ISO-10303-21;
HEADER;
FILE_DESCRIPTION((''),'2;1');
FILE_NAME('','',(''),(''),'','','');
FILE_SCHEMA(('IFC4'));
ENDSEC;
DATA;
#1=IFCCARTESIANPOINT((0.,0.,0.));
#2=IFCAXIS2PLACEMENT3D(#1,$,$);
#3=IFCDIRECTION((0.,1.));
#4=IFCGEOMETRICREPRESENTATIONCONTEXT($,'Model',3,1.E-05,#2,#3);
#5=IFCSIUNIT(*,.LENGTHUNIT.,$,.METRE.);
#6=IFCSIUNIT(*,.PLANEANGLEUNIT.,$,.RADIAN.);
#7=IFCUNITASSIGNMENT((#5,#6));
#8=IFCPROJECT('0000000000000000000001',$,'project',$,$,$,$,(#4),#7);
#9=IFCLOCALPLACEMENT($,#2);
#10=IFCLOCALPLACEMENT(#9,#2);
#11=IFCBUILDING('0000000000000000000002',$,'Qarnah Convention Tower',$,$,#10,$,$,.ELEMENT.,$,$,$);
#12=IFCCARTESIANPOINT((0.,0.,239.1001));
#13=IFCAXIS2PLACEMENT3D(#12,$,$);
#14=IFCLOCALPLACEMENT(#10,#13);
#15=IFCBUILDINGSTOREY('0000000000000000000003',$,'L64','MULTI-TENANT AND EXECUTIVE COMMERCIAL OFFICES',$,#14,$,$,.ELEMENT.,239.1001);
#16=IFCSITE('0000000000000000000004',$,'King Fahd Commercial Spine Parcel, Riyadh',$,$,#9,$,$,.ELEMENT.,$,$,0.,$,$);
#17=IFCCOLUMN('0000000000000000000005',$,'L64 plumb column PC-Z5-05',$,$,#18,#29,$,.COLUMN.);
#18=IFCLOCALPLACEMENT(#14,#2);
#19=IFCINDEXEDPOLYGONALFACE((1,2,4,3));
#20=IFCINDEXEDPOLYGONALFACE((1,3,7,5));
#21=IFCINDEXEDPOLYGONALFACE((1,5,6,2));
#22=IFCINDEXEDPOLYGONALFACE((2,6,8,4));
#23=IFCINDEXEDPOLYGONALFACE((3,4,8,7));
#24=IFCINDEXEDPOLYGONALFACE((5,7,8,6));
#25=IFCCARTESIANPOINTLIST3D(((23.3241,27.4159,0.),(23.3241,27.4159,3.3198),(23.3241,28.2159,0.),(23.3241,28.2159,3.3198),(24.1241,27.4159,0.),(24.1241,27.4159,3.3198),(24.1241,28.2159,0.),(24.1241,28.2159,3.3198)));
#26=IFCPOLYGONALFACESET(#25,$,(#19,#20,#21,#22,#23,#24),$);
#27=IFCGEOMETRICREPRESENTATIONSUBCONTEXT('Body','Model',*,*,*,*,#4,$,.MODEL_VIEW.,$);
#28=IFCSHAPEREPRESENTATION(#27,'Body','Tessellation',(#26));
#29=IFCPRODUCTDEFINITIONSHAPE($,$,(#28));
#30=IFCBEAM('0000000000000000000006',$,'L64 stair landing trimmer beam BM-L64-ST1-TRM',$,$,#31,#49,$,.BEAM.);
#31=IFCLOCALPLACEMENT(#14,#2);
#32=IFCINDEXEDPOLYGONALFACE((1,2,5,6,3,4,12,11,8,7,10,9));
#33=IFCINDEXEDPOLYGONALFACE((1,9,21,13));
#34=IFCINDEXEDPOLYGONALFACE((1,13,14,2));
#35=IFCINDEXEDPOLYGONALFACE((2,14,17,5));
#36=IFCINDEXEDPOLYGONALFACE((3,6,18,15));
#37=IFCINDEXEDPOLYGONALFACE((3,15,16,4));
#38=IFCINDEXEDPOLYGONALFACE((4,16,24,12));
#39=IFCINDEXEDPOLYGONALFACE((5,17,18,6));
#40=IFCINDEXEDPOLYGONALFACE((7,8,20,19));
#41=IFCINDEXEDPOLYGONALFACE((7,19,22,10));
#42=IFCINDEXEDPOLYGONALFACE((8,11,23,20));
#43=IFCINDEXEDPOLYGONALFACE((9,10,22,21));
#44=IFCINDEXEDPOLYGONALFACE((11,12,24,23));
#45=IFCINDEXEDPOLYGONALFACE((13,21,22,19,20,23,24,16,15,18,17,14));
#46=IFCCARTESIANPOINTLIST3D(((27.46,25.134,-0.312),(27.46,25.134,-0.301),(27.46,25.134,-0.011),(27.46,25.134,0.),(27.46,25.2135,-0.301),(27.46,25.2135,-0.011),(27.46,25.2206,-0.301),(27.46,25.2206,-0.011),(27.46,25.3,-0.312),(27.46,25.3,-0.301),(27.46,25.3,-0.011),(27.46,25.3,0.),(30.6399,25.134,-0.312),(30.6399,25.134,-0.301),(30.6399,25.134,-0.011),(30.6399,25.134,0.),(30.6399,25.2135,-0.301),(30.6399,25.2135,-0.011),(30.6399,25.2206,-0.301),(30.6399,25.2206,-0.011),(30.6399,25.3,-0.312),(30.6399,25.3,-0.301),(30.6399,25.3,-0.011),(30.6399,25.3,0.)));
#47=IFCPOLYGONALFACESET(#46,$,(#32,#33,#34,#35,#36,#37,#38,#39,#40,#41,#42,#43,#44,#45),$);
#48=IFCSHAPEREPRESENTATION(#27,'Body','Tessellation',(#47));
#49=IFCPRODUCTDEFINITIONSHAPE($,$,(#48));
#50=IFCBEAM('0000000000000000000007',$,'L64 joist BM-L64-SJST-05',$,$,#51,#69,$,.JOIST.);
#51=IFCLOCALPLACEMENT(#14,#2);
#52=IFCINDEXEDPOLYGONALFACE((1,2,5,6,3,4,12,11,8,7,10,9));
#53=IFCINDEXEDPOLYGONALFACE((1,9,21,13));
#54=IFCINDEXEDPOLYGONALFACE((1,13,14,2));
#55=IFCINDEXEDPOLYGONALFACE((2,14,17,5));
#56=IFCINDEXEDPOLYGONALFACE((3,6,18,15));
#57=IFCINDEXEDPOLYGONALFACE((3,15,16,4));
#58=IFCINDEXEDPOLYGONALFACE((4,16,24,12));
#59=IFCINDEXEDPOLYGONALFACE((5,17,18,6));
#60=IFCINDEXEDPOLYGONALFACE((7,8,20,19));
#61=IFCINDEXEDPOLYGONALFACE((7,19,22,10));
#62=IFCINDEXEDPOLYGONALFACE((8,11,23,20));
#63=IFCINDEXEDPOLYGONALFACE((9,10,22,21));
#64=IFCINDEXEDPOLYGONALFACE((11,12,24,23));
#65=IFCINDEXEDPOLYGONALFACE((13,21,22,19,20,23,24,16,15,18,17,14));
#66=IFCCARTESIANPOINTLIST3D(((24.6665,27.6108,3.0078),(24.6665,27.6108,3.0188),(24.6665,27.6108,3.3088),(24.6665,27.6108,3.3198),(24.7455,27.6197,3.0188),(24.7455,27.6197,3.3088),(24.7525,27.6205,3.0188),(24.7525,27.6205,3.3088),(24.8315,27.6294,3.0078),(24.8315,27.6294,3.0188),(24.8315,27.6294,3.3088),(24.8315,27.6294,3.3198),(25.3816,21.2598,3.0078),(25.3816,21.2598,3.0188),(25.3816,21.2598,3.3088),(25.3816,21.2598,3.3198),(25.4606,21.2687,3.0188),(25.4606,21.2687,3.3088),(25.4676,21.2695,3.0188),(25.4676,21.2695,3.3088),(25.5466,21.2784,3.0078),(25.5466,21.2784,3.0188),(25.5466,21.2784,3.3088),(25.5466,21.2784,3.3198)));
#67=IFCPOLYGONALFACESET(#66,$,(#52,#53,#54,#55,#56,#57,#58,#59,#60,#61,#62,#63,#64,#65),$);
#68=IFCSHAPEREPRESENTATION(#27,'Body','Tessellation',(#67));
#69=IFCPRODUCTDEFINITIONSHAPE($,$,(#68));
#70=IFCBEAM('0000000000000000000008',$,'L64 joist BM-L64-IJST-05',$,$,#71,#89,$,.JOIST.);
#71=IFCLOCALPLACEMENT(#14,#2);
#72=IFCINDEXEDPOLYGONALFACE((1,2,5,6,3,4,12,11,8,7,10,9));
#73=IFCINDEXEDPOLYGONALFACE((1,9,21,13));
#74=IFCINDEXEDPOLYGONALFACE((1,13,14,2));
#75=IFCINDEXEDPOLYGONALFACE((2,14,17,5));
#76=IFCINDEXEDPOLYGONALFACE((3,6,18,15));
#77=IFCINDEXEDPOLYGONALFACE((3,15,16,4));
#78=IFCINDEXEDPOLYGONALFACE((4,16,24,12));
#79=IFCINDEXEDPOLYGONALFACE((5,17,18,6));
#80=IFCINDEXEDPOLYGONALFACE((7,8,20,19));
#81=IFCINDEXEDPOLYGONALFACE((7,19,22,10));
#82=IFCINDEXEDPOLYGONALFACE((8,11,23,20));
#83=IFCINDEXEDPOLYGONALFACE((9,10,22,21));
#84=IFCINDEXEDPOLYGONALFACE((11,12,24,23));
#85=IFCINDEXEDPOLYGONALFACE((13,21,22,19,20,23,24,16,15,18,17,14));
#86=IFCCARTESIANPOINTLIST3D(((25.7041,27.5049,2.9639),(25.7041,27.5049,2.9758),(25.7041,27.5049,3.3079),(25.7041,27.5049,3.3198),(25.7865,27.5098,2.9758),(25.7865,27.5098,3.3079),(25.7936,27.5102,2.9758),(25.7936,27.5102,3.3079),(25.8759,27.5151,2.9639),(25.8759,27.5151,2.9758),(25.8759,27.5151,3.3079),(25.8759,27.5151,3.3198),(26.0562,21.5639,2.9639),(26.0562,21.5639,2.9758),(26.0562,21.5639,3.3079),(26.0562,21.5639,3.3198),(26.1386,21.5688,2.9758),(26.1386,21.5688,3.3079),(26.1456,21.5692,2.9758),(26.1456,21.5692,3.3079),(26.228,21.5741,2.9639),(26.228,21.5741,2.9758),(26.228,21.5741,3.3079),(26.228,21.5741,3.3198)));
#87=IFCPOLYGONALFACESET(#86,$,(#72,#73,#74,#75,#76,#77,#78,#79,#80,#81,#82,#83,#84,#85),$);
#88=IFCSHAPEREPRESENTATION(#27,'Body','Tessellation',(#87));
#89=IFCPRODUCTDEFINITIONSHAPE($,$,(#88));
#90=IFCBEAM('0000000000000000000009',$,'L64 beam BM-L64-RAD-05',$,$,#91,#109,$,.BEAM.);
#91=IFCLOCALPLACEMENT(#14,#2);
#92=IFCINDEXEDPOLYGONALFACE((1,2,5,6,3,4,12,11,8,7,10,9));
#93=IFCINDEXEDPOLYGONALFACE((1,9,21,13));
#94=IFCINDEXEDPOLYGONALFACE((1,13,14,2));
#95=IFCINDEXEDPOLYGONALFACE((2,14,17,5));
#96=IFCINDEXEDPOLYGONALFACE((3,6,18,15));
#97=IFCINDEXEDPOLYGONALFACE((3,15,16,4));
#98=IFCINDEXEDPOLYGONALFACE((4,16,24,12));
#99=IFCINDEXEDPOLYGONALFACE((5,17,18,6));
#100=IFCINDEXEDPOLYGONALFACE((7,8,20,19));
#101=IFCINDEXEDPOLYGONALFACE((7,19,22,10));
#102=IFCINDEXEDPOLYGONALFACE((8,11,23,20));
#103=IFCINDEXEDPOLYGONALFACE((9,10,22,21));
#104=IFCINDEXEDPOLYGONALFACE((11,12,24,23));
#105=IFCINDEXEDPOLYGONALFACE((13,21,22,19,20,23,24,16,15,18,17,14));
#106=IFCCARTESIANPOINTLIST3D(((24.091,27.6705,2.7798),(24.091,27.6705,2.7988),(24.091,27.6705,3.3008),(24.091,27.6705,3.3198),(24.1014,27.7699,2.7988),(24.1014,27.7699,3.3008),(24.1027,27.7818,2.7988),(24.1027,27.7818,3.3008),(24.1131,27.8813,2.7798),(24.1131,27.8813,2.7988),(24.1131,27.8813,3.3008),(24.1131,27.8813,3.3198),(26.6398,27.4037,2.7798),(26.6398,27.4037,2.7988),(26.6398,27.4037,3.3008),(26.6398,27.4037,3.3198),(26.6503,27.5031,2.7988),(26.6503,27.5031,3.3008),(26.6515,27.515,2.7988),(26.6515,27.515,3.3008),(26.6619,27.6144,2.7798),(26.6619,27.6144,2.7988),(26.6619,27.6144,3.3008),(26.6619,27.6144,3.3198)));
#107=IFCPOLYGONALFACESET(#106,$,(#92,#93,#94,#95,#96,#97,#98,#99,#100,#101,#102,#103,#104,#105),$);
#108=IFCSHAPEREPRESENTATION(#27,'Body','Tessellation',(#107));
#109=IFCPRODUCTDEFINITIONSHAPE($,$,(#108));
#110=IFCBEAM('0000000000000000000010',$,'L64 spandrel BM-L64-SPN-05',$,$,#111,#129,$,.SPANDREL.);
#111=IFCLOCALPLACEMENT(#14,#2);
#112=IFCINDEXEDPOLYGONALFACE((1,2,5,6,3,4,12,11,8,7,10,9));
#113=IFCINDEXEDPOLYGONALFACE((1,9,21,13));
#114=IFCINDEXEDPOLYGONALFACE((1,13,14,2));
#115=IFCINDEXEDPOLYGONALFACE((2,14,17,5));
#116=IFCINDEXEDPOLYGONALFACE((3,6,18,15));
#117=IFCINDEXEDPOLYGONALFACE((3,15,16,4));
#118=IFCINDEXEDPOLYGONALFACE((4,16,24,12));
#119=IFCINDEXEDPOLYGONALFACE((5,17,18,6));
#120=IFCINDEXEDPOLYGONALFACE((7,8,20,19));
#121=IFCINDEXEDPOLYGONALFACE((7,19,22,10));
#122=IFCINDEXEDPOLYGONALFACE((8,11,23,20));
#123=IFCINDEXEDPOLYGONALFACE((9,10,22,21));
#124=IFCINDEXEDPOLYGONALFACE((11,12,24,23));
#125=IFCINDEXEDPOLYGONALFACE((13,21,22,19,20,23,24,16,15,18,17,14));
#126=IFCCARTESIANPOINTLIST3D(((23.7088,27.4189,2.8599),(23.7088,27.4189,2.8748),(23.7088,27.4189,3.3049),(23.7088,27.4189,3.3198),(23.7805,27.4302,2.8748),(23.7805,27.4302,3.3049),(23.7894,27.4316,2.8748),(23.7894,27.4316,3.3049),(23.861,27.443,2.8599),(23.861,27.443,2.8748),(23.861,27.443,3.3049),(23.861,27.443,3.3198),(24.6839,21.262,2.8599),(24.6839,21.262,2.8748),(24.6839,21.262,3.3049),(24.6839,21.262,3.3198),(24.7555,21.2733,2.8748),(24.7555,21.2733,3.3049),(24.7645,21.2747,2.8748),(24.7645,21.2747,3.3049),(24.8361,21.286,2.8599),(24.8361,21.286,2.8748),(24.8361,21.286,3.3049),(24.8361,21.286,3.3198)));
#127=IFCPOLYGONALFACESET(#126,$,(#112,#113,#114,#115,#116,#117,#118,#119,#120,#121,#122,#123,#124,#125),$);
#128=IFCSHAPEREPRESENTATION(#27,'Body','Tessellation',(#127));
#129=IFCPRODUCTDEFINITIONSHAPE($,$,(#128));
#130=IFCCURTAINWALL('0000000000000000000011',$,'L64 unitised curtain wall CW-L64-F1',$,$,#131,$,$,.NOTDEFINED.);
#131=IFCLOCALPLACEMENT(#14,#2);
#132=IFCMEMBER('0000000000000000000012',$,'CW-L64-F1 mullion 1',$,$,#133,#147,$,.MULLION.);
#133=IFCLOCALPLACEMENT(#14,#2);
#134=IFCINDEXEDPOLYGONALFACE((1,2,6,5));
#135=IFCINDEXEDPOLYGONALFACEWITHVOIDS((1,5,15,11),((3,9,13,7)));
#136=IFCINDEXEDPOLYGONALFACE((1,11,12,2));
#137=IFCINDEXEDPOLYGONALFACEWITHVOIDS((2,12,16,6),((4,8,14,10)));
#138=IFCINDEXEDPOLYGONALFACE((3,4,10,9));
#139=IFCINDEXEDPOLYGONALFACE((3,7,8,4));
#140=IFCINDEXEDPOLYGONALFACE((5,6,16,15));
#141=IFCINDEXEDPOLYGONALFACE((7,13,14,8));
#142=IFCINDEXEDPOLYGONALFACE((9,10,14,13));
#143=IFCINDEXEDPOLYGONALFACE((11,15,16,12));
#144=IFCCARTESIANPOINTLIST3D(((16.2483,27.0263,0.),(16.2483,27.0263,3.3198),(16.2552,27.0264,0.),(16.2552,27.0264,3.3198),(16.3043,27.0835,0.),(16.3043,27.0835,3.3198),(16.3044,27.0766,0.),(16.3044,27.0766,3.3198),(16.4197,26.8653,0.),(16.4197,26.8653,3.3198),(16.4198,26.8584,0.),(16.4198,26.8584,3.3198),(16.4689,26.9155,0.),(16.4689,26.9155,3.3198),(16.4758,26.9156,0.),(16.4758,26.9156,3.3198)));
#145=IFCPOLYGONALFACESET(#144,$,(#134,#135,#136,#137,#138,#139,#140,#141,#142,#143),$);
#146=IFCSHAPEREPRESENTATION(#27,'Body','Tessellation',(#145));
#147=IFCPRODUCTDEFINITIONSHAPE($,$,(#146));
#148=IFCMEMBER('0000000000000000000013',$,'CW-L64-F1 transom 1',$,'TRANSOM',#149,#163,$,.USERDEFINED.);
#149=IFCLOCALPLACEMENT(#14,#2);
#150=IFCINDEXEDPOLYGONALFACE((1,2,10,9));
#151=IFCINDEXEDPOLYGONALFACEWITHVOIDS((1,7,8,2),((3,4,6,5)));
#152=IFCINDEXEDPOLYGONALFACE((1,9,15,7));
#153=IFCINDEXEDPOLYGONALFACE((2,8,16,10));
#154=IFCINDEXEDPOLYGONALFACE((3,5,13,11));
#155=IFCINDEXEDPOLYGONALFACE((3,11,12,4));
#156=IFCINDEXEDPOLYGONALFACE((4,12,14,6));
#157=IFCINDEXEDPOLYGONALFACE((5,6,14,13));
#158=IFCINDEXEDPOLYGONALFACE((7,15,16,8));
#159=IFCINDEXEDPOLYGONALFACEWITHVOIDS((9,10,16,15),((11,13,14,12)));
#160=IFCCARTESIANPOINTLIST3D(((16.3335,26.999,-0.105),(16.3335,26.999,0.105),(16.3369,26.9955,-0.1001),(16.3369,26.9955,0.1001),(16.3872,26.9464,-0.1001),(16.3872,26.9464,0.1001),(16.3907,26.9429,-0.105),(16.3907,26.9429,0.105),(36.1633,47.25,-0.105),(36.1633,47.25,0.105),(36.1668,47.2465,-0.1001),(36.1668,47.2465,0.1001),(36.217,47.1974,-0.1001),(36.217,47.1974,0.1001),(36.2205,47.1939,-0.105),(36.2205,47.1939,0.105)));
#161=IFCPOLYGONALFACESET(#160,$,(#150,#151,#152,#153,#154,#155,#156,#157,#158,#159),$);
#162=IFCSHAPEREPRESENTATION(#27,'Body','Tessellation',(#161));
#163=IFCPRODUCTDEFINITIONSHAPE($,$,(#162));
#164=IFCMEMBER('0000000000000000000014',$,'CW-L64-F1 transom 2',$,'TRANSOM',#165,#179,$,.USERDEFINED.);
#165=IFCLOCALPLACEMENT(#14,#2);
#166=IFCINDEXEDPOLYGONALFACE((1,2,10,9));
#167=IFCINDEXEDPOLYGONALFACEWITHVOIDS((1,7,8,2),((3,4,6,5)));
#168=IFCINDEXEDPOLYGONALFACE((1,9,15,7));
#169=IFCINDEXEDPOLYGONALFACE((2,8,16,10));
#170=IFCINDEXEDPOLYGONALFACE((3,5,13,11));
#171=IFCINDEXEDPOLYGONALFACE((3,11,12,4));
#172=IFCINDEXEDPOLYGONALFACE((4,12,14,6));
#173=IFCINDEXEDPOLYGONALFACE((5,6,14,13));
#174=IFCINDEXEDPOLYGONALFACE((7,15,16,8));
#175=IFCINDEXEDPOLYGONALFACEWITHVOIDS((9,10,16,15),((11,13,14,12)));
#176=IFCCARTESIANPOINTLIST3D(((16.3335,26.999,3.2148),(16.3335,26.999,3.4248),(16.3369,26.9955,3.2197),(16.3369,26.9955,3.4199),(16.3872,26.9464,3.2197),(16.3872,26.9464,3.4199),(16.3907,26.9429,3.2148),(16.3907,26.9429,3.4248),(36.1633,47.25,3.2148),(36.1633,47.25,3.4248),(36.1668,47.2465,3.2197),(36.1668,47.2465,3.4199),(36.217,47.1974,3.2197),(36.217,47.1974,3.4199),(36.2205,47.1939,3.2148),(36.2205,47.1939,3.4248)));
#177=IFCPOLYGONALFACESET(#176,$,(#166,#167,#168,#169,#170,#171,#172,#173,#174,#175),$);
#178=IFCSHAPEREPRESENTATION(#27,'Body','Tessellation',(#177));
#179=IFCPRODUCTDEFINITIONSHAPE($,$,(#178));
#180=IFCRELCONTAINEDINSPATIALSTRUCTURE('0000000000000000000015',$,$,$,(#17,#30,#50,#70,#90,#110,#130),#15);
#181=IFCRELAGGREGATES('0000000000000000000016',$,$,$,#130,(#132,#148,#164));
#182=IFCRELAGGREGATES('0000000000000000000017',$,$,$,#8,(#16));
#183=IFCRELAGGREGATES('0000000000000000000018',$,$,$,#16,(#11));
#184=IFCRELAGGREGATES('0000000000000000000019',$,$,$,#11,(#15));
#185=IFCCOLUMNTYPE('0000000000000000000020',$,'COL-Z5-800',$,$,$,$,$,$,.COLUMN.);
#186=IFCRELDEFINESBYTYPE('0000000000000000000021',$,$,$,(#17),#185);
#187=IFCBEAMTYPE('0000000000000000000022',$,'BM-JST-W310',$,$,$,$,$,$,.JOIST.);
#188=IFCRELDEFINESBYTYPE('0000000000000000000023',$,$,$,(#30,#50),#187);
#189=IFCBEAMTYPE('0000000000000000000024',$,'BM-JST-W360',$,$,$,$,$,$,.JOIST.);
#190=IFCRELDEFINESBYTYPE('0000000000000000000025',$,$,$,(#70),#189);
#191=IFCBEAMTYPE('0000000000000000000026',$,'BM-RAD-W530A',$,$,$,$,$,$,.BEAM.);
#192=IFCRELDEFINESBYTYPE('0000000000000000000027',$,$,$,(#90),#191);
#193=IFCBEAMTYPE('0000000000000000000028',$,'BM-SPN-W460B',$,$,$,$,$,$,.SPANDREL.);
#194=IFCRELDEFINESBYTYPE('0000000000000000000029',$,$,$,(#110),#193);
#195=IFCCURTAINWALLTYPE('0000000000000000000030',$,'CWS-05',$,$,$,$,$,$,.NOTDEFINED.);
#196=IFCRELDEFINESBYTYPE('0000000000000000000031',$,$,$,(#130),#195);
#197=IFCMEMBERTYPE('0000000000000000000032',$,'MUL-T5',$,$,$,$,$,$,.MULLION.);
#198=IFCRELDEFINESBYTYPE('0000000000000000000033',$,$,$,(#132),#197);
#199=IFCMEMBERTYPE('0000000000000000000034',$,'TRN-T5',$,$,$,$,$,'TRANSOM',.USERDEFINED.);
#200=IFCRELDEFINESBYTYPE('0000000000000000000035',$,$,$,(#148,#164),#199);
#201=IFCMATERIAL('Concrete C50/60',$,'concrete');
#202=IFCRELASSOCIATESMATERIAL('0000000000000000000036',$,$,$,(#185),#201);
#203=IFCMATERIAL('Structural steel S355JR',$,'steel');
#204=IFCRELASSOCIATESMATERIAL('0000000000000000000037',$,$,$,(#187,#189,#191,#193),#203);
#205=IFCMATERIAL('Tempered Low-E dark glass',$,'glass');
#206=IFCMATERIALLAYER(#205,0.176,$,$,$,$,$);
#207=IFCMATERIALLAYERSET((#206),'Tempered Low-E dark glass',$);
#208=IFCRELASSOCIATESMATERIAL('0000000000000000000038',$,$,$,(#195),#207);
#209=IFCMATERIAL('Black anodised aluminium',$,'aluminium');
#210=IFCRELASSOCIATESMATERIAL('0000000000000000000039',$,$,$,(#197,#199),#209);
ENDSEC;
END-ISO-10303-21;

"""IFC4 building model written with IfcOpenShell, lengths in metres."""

from ifc_helpers import new_model, si_unit, direction, frame, origin, origin_2d, place, context, subcontext, project, spatial, rectangle, hollow_rectangle, i_section, extrude, material, layer, layer_set, material_profile, profile_set, type_object, element, aggregate, save


model = new_model("IFC4")

# Units and contexts
model_context = context("Model", 3, precision=1e-05, world=origin(), true_north=direction((0.0, 1.0)))
body_context = subcontext(model_context, "Body", "Model", "MODEL_VIEW")
ifc_project = project(units=[si_unit("LENGTHUNIT", "METRE"), si_unit("PLANEANGLEUNIT", "RADIAN")], contexts=[model_context])

# Site, building, storey
site_placement = place(None, origin())
site = spatial("IfcSite", under=ifc_project, at=site_placement, Name="King Fahd Commercial Spine Parcel, Riyadh", CompositionType="ELEMENT", RefElevation=0.0)
building_placement = place(site_placement, origin())
building = spatial("IfcBuilding", under=site, at=building_placement, Name="Qarnah Convention Tower", CompositionType="ELEMENT")
storey_placement = place(building_placement, frame((0.0, 0.0, 239.1001)))
storey = spatial("IfcBuildingStorey", under=building, at=storey_placement, Name="L64", Description="MULTI-TENANT AND EXECUTIVE COMMERCIAL OFFICES", CompositionType="ELEMENT", Elevation=239.1001)

# Column
ifc_material_1 = material(Name="Concrete C50/60", Category="concrete")
ifc_material_profile_1 = material_profile(ifc_material_1, rectangle(XDim=0.8, YDim=0.8, at=origin_2d()), Name="RC-COL-800X800")
ifc_profile_set_1 = profile_set([ifc_material_profile_1], Name="Concrete C50/60")
column_type = type_object("IfcColumnType", Name="COL-Z5-800", PredefinedType="COLUMN", material=ifc_profile_set_1)
column_placement = place(storey_placement, frame((23.7241, 27.8159, 0.0), z_axis=(0.0, 0.0, 1.0), x_axis=(1.0, 0.0, 0.0)))
element("IfcColumn", 1, at=column_placement, inside=storey, type_object=column_type, Name="L64 plumb column PC-Z5-05", PredefinedType="COLUMN", context=body_context, shape_type="SweptSolid", body=[
    extrude(rectangle(XDim=0.8, YDim=0.8, at=origin_2d()), origin(), (0.0, 0.0, 1.0), 3.3198),
])

# Beams
ifc_material_2 = material(Name="Structural steel S355JR", Category="steel")
ifc_material_profile_2 = material_profile(ifc_material_2, i_section(OverallWidth=0.166, OverallDepth=0.312, WebThickness=0.0071, FlangeThickness=0.011, at=origin_2d()), Name="W310X45")
ifc_profile_set_2 = profile_set([ifc_material_profile_2], Name="Structural steel S355JR")
beam_type_1 = type_object("IfcBeamType", Name="BM-JST-W310", PredefinedType="JOIST", material=ifc_profile_set_2)
beam_1_placement = place(storey_placement, frame((27.46, 25.217, -0.156), z_axis=(1.0, 0.0, 0.0), x_axis=(0.0, 1.0, 0.0)))
element("IfcBeam", 2, at=beam_1_placement, inside=storey, type_object=beam_type_1, Name="L64 stair landing trimmer beam BM-L64-ST1-TRM", PredefinedType="BEAM", context=body_context, shape_type="SweptSolid", body=[
    extrude(i_section(OverallWidth=0.166, OverallDepth=0.312, WebThickness=0.0071, FlangeThickness=0.011, at=origin_2d()), origin(), (0.0, 0.0, 1.0), 3.1799),
])
beam_2_placement = place(storey_placement, frame((24.749, 27.6201, 3.1638), z_axis=(0.111886, -0.993721, 0.0), x_axis=(0.993721, 0.111886, 0.0)))
element("IfcBeam", 3, at=beam_2_placement, inside=storey, type_object=beam_type_1, Name="L64 joist BM-L64-SJST-05", PredefinedType="JOIST", context=body_context, shape_type="SweptSolid", body=[
    extrude(i_section(OverallWidth=0.166, OverallDepth=0.312, WebThickness=0.0071, FlangeThickness=0.011, at=origin_2d()), origin(), (0.0, 0.0, 1.0), 6.3911),
])
ifc_material_profile_3 = material_profile(ifc_material_2, i_section(OverallWidth=0.1721, OverallDepth=0.356, WebThickness=0.0071, FlangeThickness=0.012, at=origin_2d()), Name="W360X51")
ifc_profile_set_3 = profile_set([ifc_material_profile_3], Name="Structural steel S355JR")
beam_type_2 = type_object("IfcBeamType", Name="BM-JST-W360", PredefinedType="JOIST", material=ifc_profile_set_3)
beam_3_placement = place(storey_placement, frame((25.79, 27.51, 3.1418), z_axis=(0.059155, -0.998249, 0.0), x_axis=(0.998249, 0.059155, 0.0)))
element("IfcBeam", 4, at=beam_3_placement, inside=storey, type_object=beam_type_2, Name="L64 joist BM-L64-IJST-05", PredefinedType="JOIST", context=body_context, shape_type="SweptSolid", body=[
    extrude(i_section(OverallWidth=0.1721, OverallDepth=0.356, WebThickness=0.0071, FlangeThickness=0.012, at=origin_2d()), origin(), (0.0, 0.0, 1.0), 5.9514),
])
ifc_material_profile_4 = material_profile(ifc_material_2, i_section(OverallWidth=0.2119, OverallDepth=0.54, WebThickness=0.012, FlangeThickness=0.019, at=origin_2d()), Name="W530X109")
ifc_profile_set_4 = profile_set([ifc_material_profile_4], Name="Structural steel S355JR")
beam_type_3 = type_object("IfcBeamType", Name="BM-RAD-W530A", PredefinedType="BEAM", material=ifc_profile_set_4)
beam_4_placement = place(storey_placement, frame((26.6509, 27.509, 3.0498), z_axis=(-0.994564, 0.104124, 0.0), x_axis=(-0.104124, -0.994564, 0.0)))
element("IfcBeam", 5, at=beam_4_placement, inside=storey, type_object=beam_type_3, Name="L64 beam BM-L64-RAD-05", PredefinedType="BEAM", context=body_context, shape_type="SweptSolid", body=[
    extrude(i_section(OverallWidth=0.2119, OverallDepth=0.54, WebThickness=0.012, FlangeThickness=0.019, at=origin_2d()), origin(), (0.0, 0.0, 1.0), 2.5627),
])
ifc_material_profile_5 = material_profile(ifc_material_2, i_section(OverallWidth=0.1541, OverallDepth=0.46, WebThickness=0.009, FlangeThickness=0.0149, at=origin_2d()), Name="W460X68")
ifc_profile_set_5 = profile_set([ifc_material_profile_5], Name="Structural steel S355JR")
beam_type_4 = type_object("IfcBeamType", Name="BM-SPN-W460B", PredefinedType="SPANDREL", material=ifc_profile_set_5)
beam_5_placement = place(storey_placement, frame((23.7849, 27.4309, 3.0898), z_axis=(0.156423, -0.98769, 0.0), x_axis=(0.98769, 0.156423, 0.0)))
element("IfcBeam", 6, at=beam_5_placement, inside=storey, type_object=beam_type_4, Name="L64 spandrel BM-L64-SPN-05", PredefinedType="SPANDREL", context=body_context, shape_type="SweptSolid", body=[
    extrude(i_section(OverallWidth=0.1541, OverallDepth=0.46, WebThickness=0.009, FlangeThickness=0.0149, at=origin_2d()), origin(), (0.0, 0.0, 1.0), 6.2336),
])

# Curtain wall, members
ifc_material_3 = material(Name="Tempered Low-E dark glass", Category="glass")
ifc_layer_1 = layer(ifc_material_3, 0.176)
ifc_layer_set_1 = layer_set([ifc_layer_1], Name="Tempered Low-E dark glass")
curtain_wall_type = type_object("IfcCurtainWallType", Name="CWS-05", PredefinedType="NOTDEFINED", material=ifc_layer_set_1)
curtain_wall_placement = place(storey_placement, origin())
curtain_wall = element("IfcCurtainWall", 7, at=curtain_wall_placement, inside=storey, type_object=curtain_wall_type, Name="L64 unitised curtain wall CW-L64-F1", PredefinedType="NOTDEFINED")
ifc_material_4 = material(Name="Black anodised aluminium", Category="aluminium")
ifc_material_profile_6 = material_profile(ifc_material_4, hollow_rectangle(XDim=0.0801, YDim=0.24, WallThickness=0.0049, at=origin_2d()), Name="MUL-80X240")
ifc_profile_set_6 = profile_set([ifc_material_profile_6], Name="Black anodised aluminium")
member_type_1 = type_object("IfcMemberType", Name="MUL-T5", PredefinedType="MULLION", material=ifc_profile_set_6)
member_1_placement = place(storey_placement, frame((16.3621, 26.9709, 0.0), z_axis=(0.0, 0.0, 1.0), x_axis=(0.699641, 0.714495, 0.0)))
member_1 = element("IfcMember", 8, at=member_1_placement, type_object=member_type_1, Name="CW-L64-F1 mullion 1", PredefinedType="MULLION", context=body_context, shape_type="SweptSolid", body=[
    extrude(hollow_rectangle(XDim=0.0801, YDim=0.24, WallThickness=0.0049, at=origin_2d()), origin(), (0.0, 0.0, 1.0), 3.3198),
])
ifc_material_profile_7 = material_profile(ifc_material_4, hollow_rectangle(XDim=0.0801, YDim=0.21, WallThickness=0.0049, at=origin_2d()), Name="TRN-80X210")
ifc_profile_set_7 = profile_set([ifc_material_profile_7], Name="Black anodised aluminium")
member_type_2 = type_object("IfcMemberType", Name="TRN-T5", ElementType="TRANSOM", PredefinedType="USERDEFINED", material=ifc_profile_set_7)
member_2_placement = place(storey_placement, frame((16.3621, 26.9709, 0.0), z_axis=(0.699638, 0.714497, 0.0), x_axis=(-0.714497, 0.699638, 0.0)))
member_2 = element("IfcMember", 9, at=member_2_placement, type_object=member_type_2, Name="CW-L64-F1 transom 1", ObjectType="TRANSOM", PredefinedType="USERDEFINED", context=body_context, shape_type="SweptSolid", body=[
    extrude(hollow_rectangle(XDim=0.0801, YDim=0.21, WallThickness=0.0049, at=origin_2d()), origin(), (0.0, 0.0, 1.0), 28.343),
])
member_3_placement = place(storey_placement, frame((16.3621, 26.9709, 3.3198), z_axis=(0.699638, 0.714497, 0.0), x_axis=(-0.714497, 0.699638, 0.0)))
member_3 = element("IfcMember", 10, at=member_3_placement, type_object=member_type_2, Name="CW-L64-F1 transom 2", ObjectType="TRANSOM", PredefinedType="USERDEFINED", context=body_context, shape_type="SweptSolid", body=[
    extrude(hollow_rectangle(XDim=0.0801, YDim=0.21, WallThickness=0.0049, at=origin_2d()), origin(), (0.0, 0.0, 1.0), 28.343),
])
aggregate(curtain_wall, [member_1, member_2, member_3])

save(model, "model.ifc")
